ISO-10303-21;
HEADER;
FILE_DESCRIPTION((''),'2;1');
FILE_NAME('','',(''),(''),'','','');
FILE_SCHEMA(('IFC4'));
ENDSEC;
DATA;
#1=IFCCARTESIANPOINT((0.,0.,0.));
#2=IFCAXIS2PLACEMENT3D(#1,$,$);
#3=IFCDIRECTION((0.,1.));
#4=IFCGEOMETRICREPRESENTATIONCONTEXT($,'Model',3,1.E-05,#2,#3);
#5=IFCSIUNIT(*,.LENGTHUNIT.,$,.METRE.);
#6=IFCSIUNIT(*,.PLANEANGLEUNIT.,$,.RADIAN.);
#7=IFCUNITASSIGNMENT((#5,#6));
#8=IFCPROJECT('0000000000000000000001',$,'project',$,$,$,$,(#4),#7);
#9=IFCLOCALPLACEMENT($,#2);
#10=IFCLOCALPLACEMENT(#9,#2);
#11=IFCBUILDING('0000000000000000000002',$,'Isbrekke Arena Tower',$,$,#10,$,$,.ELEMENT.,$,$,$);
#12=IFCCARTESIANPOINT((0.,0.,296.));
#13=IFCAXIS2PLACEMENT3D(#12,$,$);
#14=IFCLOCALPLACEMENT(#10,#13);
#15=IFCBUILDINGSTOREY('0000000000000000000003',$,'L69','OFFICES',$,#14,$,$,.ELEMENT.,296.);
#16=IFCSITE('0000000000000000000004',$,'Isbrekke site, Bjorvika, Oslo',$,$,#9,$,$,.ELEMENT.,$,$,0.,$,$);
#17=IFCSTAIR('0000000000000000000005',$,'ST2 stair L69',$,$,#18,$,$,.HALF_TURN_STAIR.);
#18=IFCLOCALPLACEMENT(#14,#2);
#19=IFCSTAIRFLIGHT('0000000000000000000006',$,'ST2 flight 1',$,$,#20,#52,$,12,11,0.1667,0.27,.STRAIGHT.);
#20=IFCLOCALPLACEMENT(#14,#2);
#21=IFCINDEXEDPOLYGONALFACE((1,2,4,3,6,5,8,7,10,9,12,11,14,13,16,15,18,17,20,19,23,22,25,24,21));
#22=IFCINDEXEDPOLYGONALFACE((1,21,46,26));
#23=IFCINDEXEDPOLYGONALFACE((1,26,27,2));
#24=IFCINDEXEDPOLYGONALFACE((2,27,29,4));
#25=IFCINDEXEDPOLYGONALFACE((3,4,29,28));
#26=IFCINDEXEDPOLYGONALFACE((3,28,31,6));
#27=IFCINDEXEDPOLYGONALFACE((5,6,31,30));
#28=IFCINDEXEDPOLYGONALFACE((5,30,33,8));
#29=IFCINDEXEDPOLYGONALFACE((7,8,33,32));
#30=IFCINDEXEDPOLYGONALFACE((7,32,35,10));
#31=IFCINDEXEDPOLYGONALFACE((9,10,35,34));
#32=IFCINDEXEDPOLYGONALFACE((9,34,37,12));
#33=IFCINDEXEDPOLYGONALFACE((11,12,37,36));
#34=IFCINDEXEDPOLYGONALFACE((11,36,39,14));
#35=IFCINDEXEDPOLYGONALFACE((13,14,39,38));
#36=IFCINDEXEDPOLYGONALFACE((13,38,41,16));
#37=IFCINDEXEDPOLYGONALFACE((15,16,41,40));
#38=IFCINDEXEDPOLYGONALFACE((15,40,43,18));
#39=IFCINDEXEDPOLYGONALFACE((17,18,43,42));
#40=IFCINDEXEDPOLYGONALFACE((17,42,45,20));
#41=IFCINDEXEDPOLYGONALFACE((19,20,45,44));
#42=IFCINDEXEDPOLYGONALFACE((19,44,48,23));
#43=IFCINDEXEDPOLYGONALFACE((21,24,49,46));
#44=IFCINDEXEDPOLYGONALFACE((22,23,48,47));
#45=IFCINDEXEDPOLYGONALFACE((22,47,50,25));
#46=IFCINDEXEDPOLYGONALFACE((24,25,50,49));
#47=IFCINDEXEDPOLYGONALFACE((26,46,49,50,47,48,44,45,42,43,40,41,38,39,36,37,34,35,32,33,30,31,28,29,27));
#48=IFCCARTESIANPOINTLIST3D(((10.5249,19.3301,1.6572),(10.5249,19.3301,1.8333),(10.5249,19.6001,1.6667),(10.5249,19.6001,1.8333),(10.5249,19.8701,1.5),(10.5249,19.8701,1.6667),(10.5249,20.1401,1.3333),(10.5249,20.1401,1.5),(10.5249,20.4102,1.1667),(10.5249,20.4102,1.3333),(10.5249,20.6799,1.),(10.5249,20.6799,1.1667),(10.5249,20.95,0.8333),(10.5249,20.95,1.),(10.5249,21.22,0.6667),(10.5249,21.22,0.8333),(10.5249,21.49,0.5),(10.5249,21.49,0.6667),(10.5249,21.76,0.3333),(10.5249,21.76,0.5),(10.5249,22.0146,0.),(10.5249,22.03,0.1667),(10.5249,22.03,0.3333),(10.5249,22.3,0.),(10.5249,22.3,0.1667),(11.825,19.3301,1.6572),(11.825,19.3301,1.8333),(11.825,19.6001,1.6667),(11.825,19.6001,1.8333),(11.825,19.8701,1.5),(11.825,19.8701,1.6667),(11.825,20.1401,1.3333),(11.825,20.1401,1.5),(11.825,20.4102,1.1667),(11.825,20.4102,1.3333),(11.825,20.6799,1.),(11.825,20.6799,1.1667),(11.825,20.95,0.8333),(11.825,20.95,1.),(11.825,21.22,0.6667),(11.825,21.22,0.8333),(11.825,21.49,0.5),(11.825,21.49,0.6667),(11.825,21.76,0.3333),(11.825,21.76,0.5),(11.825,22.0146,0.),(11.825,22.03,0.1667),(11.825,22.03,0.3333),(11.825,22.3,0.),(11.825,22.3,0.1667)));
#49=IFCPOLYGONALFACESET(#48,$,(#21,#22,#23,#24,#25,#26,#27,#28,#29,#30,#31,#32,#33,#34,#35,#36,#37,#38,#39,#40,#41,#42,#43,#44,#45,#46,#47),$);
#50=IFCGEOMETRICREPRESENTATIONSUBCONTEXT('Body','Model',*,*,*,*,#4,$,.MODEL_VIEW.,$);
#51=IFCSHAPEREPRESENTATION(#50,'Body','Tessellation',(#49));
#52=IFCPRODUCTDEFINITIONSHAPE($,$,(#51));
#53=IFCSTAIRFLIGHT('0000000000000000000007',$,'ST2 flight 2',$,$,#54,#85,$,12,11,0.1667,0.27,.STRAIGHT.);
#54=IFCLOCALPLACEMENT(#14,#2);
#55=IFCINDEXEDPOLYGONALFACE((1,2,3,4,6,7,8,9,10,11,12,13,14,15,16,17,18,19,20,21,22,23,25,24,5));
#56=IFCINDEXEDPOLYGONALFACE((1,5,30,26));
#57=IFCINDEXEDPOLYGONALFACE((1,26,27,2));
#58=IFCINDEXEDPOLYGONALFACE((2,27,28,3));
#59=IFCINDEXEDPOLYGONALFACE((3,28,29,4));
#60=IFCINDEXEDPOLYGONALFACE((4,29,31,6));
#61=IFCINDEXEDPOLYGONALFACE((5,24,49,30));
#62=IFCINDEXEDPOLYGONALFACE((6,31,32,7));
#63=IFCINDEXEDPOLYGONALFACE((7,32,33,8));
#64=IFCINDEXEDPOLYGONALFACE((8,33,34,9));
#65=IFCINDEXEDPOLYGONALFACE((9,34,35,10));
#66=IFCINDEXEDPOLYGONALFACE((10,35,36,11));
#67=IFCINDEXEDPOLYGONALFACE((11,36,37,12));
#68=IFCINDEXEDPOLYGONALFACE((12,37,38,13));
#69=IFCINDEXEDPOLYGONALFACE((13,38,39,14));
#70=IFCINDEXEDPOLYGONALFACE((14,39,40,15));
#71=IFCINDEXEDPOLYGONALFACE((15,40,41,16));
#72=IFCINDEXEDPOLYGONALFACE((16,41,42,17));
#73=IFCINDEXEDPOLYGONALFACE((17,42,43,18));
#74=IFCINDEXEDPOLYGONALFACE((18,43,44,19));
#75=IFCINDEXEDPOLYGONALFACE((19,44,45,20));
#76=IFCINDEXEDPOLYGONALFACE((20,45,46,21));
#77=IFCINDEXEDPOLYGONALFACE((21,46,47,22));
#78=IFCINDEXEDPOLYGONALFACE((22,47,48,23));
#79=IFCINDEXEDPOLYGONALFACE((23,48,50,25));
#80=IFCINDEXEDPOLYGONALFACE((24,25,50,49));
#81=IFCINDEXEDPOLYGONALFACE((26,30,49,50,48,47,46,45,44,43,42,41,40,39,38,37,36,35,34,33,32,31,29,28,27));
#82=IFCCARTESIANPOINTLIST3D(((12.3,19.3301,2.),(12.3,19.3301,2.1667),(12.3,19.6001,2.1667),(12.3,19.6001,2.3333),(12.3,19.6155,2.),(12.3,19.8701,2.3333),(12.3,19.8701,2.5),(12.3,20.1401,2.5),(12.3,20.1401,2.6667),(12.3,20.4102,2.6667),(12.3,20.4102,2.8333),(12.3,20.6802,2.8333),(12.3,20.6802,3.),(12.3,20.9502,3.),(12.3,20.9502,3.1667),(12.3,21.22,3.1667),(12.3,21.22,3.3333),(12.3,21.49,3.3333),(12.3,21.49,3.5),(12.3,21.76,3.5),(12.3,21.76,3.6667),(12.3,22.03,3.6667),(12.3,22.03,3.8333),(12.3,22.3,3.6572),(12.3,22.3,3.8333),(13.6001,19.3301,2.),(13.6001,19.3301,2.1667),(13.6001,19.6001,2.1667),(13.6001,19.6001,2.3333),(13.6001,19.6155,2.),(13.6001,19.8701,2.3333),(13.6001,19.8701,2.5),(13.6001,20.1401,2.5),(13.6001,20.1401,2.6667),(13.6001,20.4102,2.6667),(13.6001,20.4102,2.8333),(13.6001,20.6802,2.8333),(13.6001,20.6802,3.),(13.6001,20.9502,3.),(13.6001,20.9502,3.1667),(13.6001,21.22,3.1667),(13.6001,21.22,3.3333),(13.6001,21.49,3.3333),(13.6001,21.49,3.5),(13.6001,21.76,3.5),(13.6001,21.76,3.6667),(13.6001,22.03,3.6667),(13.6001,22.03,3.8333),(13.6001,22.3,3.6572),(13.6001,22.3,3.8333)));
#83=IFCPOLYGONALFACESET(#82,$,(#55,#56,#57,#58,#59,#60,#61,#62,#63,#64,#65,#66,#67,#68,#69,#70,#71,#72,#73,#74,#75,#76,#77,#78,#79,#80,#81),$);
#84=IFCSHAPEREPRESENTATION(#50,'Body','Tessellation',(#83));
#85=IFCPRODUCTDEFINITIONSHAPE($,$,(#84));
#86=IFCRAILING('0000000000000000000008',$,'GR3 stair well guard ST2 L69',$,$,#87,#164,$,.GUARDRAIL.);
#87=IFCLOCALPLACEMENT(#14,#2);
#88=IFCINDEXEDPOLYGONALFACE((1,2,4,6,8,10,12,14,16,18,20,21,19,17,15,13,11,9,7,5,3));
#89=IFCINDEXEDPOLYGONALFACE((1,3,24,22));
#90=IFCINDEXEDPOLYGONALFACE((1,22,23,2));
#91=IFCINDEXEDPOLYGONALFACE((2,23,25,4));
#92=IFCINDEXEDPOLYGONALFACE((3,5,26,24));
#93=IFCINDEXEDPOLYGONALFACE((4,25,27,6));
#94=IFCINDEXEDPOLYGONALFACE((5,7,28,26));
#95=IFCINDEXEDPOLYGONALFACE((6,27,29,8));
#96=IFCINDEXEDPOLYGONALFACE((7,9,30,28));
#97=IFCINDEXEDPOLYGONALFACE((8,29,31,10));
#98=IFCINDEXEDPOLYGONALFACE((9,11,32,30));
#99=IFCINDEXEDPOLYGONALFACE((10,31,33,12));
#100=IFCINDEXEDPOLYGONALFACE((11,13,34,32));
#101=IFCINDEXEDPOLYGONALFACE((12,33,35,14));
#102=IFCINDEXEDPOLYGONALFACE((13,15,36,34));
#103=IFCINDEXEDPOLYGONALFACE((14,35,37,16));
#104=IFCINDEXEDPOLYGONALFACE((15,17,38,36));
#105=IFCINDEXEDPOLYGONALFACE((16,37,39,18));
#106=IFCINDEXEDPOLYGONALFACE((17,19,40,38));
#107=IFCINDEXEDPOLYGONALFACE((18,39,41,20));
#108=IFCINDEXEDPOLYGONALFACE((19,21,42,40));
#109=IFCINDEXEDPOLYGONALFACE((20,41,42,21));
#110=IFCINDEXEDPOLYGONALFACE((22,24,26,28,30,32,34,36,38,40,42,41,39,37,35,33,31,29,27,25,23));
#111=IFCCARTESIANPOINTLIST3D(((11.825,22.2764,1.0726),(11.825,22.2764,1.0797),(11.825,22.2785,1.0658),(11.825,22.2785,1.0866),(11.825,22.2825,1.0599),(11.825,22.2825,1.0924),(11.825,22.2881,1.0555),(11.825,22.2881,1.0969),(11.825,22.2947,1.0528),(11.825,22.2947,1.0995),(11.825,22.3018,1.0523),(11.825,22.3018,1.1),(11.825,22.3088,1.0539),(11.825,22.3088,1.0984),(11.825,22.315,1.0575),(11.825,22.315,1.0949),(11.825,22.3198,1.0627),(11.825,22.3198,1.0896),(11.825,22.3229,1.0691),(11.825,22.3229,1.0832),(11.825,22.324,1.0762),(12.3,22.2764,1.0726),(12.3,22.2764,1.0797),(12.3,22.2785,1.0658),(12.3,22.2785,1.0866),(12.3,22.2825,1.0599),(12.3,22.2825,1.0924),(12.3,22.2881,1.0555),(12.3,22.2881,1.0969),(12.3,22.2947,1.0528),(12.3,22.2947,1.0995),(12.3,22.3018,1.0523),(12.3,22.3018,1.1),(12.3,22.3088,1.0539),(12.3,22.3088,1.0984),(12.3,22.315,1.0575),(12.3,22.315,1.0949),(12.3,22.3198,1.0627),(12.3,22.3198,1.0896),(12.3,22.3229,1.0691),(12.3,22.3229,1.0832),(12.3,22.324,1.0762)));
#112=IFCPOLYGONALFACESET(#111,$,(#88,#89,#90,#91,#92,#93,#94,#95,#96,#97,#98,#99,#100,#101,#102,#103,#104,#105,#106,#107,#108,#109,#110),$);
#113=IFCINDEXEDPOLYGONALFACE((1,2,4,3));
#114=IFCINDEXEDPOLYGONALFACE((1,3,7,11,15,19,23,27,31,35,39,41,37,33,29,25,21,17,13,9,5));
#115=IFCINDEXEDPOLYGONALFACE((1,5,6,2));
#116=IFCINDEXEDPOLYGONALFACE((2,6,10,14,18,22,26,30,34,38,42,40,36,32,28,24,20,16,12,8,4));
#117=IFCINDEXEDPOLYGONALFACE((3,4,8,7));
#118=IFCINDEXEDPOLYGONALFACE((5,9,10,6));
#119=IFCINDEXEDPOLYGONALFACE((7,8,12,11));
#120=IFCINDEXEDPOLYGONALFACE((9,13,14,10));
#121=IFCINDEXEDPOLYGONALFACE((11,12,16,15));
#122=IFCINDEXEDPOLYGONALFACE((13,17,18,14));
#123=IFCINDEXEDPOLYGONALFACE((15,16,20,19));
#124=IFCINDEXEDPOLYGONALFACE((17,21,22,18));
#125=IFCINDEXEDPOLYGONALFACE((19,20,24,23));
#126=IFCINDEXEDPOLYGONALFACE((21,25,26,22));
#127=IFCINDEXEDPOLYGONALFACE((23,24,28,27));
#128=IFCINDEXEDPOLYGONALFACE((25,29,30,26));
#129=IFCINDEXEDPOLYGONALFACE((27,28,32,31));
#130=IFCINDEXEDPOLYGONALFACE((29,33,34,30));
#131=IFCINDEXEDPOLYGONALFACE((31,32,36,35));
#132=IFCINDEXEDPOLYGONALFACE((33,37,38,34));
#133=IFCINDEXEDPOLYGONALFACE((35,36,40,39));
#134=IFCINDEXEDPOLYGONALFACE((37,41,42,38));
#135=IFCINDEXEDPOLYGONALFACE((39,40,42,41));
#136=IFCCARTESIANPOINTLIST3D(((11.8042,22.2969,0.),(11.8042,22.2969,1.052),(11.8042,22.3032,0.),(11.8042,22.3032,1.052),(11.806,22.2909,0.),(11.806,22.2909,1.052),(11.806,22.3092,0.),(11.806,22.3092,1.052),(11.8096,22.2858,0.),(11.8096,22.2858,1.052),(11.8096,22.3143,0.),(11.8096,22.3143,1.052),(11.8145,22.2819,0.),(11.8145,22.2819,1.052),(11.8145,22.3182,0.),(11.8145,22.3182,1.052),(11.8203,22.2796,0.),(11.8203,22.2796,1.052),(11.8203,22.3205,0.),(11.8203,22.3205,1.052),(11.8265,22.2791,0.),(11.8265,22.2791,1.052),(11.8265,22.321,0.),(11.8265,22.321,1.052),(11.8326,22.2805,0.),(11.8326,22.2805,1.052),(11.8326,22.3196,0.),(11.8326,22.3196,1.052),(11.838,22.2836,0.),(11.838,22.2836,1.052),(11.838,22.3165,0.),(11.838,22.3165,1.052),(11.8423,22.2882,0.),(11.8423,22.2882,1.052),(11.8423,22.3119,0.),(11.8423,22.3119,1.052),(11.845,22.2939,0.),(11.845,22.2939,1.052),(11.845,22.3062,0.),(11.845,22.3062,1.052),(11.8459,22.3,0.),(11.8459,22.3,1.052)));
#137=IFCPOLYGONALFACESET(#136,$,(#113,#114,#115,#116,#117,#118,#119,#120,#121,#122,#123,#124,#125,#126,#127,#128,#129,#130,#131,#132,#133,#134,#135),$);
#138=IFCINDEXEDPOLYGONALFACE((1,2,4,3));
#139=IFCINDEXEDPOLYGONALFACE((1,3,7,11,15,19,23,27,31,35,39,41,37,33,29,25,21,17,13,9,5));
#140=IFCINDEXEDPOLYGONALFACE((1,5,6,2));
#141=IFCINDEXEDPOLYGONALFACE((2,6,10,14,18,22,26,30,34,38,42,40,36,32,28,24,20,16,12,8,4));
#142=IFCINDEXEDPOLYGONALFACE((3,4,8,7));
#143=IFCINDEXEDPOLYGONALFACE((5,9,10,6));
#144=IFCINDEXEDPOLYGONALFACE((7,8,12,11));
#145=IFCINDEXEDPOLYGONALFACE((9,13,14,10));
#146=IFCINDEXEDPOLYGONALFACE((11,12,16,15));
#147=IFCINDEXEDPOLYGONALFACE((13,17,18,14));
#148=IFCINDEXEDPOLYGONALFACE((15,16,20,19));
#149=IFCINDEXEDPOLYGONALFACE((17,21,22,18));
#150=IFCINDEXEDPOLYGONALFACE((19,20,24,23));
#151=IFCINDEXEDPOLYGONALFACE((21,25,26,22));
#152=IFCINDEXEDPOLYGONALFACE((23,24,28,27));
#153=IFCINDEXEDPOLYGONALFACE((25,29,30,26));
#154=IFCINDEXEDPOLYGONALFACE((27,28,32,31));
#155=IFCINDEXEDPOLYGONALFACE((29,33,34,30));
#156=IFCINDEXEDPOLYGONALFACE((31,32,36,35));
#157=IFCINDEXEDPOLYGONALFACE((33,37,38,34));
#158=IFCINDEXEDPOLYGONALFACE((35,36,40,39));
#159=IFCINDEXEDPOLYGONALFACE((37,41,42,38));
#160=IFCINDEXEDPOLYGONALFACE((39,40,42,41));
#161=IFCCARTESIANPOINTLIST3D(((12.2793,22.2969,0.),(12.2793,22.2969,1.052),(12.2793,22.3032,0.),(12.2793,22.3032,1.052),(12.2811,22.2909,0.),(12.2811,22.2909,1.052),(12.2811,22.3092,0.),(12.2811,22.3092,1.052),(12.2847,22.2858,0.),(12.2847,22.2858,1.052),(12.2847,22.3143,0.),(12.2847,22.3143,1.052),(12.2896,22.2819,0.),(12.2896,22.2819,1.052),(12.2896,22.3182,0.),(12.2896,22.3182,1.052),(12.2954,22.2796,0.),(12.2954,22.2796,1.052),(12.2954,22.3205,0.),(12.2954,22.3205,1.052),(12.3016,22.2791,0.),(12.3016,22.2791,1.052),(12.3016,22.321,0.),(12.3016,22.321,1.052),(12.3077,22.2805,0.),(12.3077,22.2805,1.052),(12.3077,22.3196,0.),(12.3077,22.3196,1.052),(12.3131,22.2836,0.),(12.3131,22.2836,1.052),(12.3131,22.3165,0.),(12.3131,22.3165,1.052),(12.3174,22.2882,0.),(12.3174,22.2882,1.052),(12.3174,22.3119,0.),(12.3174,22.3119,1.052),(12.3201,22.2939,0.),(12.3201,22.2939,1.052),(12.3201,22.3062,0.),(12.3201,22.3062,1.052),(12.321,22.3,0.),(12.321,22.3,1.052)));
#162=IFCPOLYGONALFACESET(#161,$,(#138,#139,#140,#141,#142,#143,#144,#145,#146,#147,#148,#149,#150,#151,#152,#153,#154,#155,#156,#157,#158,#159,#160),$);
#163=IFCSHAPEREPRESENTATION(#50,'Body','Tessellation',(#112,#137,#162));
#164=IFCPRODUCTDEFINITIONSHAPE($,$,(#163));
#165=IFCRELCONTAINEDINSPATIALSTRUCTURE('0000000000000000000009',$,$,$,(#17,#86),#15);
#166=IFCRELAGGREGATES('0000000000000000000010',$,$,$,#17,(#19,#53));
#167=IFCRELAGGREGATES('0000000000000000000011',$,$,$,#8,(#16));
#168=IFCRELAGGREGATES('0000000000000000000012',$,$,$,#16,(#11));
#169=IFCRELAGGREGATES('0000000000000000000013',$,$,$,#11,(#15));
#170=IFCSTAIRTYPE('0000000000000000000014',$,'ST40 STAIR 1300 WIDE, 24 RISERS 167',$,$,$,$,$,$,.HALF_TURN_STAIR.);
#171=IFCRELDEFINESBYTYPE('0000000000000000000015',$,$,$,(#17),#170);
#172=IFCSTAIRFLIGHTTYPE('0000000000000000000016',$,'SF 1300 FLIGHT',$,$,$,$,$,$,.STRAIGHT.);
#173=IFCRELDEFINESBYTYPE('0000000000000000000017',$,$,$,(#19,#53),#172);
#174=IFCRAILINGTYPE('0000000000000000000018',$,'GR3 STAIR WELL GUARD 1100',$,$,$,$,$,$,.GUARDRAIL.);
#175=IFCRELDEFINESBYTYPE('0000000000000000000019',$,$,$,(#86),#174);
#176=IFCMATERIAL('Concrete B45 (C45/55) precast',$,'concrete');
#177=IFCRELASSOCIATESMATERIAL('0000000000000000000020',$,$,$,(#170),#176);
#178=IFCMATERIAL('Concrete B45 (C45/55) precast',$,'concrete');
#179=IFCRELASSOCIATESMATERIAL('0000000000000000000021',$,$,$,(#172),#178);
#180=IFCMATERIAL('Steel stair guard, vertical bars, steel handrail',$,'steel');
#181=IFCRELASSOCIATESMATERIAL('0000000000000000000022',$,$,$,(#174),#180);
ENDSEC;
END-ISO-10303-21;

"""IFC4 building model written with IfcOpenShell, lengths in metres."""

from ifc_helpers import new_model, si_unit, direction, frame, origin, origin_2d, place, context, subcontext, project, spatial, polyline, circle, outline, extrude, material, type_object, element, aggregate, save


model = new_model("IFC4")

# Units and contexts
model_context = context("Model", 3, precision=1e-05, world=origin(), true_north=direction((0.0, 1.0)))
body_context = subcontext(model_context, "Body", "Model", "MODEL_VIEW")
ifc_project = project(units=[si_unit("LENGTHUNIT", "METRE"), si_unit("PLANEANGLEUNIT", "RADIAN")], contexts=[model_context])

# Site, building, storey
site_placement = place(None, origin())
site = spatial("IfcSite", under=ifc_project, at=site_placement, Name="Isbrekke site, Bjorvika, Oslo", CompositionType="ELEMENT", RefElevation=0.0)
building_placement = place(site_placement, origin())
building = spatial("IfcBuilding", under=site, at=building_placement, Name="Isbrekke Arena Tower", CompositionType="ELEMENT")
storey_placement = place(building_placement, frame((0.0, 0.0, 296.0)))
storey = spatial("IfcBuildingStorey", under=building, at=storey_placement, Name="L69", Description="OFFICES", CompositionType="ELEMENT", Elevation=296.0)

# Stair, stair flights
ifc_material_1 = material(Name="Concrete B45 (C45/55) precast", Category="concrete")
stair_type = type_object("IfcStairType", Name="ST40 STAIR 1300 WIDE, 24 RISERS 167", PredefinedType="HALF_TURN_STAIR", material=ifc_material_1)
stair_placement = place(storey_placement, origin())
stair = element("IfcStair", 1, at=stair_placement, inside=storey, type_object=stair_type, Name="ST2 stair L69", PredefinedType="HALF_TURN_STAIR")
ifc_material_2 = material(Name="Concrete B45 (C45/55) precast", Category="concrete")
stair_flight_type = type_object("IfcStairFlightType", Name="SF 1300 FLIGHT", PredefinedType="STRAIGHT", material=ifc_material_2)
stair_flight_1_placement = place(storey_placement, frame((11.175, 22.3, 0.0), z_axis=(0.0, 0.0, 1.0), x_axis=(0.0, -1.0, 0.0)))
stair_flight_1 = element("IfcStairFlight", 2, at=stair_flight_1_placement, type_object=stair_flight_type, Name="ST2 flight 1", NumberOfRisers=12, NumberOfTreads=11, PredefinedType="STRAIGHT", RiserHeight=0.1667, TreadLength=0.27, context=body_context, shape_type="SweptSolid", body=[
    extrude(outline(polyline([(0.0, 0.0), (0.0, 0.1667), (0.27, 0.1667), (0.27, 0.3333), (0.54, 0.3333), (0.54, 0.5), (0.8101, 0.5), (0.8101, 0.6667), (1.0801, 0.6667), (1.0801, 0.8333), (1.3501, 0.8333), (1.3501, 1.0), (1.6201, 1.0), (1.6201, 1.1667), (1.8899, 1.1667), (1.8899, 1.3333), (2.1599, 1.3333), (2.1599, 1.5), (2.4299, 1.5), (2.4299, 1.6667), (2.7, 1.6667), (2.7, 1.8333), (2.97, 1.8333), (2.97, 2.0), (2.97, 1.6572), (0.2854, 0.0), (0.0, 0.0)])), frame((0.0, 0.6499, 0.0), z_axis=(0.0, -1.0, 0.0), x_axis=(1.0, 0.0, 0.0)), (0.0, 0.0, 1.0), 1.3),
])
stair_flight_2_placement = place(storey_placement, frame((12.95, 19.3301, 2.0), z_axis=(0.0, 0.0, 1.0), x_axis=(0.0, 1.0, 0.0)))
stair_flight_2 = element("IfcStairFlight", 3, at=stair_flight_2_placement, type_object=stair_flight_type, Name="ST2 flight 2", NumberOfRisers=12, NumberOfTreads=11, PredefinedType="STRAIGHT", RiserHeight=0.1667, TreadLength=0.27, context=body_context, shape_type="SweptSolid", body=[
    extrude(outline(polyline([(0.0, 0.0), (0.0, 0.1667), (0.27, 0.1667), (0.27, 0.3333), (0.54, 0.3333), (0.54, 0.5), (0.8101, 0.5), (0.8101, 0.6667), (1.0801, 0.6667), (1.0801, 0.8333), (1.3501, 0.8333), (1.3501, 1.0), (1.6201, 1.0), (1.6201, 1.1667), (1.8899, 1.1667), (1.8899, 1.3333), (2.1599, 1.3333), (2.1599, 1.5), (2.4299, 1.5), (2.4299, 1.6667), (2.7, 1.6667), (2.7, 1.8333), (2.97, 1.8333), (2.97, 2.0), (2.97, 1.6572), (0.2854, 0.0), (0.0, 0.0)])), frame((0.0, 0.6499, 0.0), z_axis=(0.0, -1.0, 0.0), x_axis=(1.0, 0.0, 0.0)), (0.0, 0.0, 1.0), 1.3),
])
aggregate(stair, [stair_flight_1, stair_flight_2])

# Railing
ifc_material_3 = material(Name="Steel stair guard, vertical bars, steel handrail", Category="steel")
railing_type = type_object("IfcRailingType", Name="GR3 STAIR WELL GUARD 1100", PredefinedType="GUARDRAIL", material=ifc_material_3)
for number, where, name in (
    (4, (11.825, 22.3, 0.0), "GR3 stair well guard ST2 L69"),
):
    element("IfcRailing", number, at=place(storey_placement, frame(where)), inside=storey, type_object=railing_type, Name=name, PredefinedType="GUARDRAIL", context=body_context, shape_type="SweptSolid", body=[
        extrude(circle(Radius=0.0239, at=origin_2d()), frame((0.0, 0.0, 1.0762), z_axis=(1.0, 0.0, 0.0), x_axis=(0.0, 1.0, 0.0)), (0.0, 0.0, 1.0), 0.4751),
        extrude(circle(Radius=0.021, at=origin_2d()), origin(), (0.0, 0.0, 1.0), 1.052),
        extrude(circle(Radius=0.021, at=origin_2d()), frame((0.4751, 0.0, 0.0)), (0.0, 0.0, 1.0), 1.052),
    ])

save(model, "model.ifc")
